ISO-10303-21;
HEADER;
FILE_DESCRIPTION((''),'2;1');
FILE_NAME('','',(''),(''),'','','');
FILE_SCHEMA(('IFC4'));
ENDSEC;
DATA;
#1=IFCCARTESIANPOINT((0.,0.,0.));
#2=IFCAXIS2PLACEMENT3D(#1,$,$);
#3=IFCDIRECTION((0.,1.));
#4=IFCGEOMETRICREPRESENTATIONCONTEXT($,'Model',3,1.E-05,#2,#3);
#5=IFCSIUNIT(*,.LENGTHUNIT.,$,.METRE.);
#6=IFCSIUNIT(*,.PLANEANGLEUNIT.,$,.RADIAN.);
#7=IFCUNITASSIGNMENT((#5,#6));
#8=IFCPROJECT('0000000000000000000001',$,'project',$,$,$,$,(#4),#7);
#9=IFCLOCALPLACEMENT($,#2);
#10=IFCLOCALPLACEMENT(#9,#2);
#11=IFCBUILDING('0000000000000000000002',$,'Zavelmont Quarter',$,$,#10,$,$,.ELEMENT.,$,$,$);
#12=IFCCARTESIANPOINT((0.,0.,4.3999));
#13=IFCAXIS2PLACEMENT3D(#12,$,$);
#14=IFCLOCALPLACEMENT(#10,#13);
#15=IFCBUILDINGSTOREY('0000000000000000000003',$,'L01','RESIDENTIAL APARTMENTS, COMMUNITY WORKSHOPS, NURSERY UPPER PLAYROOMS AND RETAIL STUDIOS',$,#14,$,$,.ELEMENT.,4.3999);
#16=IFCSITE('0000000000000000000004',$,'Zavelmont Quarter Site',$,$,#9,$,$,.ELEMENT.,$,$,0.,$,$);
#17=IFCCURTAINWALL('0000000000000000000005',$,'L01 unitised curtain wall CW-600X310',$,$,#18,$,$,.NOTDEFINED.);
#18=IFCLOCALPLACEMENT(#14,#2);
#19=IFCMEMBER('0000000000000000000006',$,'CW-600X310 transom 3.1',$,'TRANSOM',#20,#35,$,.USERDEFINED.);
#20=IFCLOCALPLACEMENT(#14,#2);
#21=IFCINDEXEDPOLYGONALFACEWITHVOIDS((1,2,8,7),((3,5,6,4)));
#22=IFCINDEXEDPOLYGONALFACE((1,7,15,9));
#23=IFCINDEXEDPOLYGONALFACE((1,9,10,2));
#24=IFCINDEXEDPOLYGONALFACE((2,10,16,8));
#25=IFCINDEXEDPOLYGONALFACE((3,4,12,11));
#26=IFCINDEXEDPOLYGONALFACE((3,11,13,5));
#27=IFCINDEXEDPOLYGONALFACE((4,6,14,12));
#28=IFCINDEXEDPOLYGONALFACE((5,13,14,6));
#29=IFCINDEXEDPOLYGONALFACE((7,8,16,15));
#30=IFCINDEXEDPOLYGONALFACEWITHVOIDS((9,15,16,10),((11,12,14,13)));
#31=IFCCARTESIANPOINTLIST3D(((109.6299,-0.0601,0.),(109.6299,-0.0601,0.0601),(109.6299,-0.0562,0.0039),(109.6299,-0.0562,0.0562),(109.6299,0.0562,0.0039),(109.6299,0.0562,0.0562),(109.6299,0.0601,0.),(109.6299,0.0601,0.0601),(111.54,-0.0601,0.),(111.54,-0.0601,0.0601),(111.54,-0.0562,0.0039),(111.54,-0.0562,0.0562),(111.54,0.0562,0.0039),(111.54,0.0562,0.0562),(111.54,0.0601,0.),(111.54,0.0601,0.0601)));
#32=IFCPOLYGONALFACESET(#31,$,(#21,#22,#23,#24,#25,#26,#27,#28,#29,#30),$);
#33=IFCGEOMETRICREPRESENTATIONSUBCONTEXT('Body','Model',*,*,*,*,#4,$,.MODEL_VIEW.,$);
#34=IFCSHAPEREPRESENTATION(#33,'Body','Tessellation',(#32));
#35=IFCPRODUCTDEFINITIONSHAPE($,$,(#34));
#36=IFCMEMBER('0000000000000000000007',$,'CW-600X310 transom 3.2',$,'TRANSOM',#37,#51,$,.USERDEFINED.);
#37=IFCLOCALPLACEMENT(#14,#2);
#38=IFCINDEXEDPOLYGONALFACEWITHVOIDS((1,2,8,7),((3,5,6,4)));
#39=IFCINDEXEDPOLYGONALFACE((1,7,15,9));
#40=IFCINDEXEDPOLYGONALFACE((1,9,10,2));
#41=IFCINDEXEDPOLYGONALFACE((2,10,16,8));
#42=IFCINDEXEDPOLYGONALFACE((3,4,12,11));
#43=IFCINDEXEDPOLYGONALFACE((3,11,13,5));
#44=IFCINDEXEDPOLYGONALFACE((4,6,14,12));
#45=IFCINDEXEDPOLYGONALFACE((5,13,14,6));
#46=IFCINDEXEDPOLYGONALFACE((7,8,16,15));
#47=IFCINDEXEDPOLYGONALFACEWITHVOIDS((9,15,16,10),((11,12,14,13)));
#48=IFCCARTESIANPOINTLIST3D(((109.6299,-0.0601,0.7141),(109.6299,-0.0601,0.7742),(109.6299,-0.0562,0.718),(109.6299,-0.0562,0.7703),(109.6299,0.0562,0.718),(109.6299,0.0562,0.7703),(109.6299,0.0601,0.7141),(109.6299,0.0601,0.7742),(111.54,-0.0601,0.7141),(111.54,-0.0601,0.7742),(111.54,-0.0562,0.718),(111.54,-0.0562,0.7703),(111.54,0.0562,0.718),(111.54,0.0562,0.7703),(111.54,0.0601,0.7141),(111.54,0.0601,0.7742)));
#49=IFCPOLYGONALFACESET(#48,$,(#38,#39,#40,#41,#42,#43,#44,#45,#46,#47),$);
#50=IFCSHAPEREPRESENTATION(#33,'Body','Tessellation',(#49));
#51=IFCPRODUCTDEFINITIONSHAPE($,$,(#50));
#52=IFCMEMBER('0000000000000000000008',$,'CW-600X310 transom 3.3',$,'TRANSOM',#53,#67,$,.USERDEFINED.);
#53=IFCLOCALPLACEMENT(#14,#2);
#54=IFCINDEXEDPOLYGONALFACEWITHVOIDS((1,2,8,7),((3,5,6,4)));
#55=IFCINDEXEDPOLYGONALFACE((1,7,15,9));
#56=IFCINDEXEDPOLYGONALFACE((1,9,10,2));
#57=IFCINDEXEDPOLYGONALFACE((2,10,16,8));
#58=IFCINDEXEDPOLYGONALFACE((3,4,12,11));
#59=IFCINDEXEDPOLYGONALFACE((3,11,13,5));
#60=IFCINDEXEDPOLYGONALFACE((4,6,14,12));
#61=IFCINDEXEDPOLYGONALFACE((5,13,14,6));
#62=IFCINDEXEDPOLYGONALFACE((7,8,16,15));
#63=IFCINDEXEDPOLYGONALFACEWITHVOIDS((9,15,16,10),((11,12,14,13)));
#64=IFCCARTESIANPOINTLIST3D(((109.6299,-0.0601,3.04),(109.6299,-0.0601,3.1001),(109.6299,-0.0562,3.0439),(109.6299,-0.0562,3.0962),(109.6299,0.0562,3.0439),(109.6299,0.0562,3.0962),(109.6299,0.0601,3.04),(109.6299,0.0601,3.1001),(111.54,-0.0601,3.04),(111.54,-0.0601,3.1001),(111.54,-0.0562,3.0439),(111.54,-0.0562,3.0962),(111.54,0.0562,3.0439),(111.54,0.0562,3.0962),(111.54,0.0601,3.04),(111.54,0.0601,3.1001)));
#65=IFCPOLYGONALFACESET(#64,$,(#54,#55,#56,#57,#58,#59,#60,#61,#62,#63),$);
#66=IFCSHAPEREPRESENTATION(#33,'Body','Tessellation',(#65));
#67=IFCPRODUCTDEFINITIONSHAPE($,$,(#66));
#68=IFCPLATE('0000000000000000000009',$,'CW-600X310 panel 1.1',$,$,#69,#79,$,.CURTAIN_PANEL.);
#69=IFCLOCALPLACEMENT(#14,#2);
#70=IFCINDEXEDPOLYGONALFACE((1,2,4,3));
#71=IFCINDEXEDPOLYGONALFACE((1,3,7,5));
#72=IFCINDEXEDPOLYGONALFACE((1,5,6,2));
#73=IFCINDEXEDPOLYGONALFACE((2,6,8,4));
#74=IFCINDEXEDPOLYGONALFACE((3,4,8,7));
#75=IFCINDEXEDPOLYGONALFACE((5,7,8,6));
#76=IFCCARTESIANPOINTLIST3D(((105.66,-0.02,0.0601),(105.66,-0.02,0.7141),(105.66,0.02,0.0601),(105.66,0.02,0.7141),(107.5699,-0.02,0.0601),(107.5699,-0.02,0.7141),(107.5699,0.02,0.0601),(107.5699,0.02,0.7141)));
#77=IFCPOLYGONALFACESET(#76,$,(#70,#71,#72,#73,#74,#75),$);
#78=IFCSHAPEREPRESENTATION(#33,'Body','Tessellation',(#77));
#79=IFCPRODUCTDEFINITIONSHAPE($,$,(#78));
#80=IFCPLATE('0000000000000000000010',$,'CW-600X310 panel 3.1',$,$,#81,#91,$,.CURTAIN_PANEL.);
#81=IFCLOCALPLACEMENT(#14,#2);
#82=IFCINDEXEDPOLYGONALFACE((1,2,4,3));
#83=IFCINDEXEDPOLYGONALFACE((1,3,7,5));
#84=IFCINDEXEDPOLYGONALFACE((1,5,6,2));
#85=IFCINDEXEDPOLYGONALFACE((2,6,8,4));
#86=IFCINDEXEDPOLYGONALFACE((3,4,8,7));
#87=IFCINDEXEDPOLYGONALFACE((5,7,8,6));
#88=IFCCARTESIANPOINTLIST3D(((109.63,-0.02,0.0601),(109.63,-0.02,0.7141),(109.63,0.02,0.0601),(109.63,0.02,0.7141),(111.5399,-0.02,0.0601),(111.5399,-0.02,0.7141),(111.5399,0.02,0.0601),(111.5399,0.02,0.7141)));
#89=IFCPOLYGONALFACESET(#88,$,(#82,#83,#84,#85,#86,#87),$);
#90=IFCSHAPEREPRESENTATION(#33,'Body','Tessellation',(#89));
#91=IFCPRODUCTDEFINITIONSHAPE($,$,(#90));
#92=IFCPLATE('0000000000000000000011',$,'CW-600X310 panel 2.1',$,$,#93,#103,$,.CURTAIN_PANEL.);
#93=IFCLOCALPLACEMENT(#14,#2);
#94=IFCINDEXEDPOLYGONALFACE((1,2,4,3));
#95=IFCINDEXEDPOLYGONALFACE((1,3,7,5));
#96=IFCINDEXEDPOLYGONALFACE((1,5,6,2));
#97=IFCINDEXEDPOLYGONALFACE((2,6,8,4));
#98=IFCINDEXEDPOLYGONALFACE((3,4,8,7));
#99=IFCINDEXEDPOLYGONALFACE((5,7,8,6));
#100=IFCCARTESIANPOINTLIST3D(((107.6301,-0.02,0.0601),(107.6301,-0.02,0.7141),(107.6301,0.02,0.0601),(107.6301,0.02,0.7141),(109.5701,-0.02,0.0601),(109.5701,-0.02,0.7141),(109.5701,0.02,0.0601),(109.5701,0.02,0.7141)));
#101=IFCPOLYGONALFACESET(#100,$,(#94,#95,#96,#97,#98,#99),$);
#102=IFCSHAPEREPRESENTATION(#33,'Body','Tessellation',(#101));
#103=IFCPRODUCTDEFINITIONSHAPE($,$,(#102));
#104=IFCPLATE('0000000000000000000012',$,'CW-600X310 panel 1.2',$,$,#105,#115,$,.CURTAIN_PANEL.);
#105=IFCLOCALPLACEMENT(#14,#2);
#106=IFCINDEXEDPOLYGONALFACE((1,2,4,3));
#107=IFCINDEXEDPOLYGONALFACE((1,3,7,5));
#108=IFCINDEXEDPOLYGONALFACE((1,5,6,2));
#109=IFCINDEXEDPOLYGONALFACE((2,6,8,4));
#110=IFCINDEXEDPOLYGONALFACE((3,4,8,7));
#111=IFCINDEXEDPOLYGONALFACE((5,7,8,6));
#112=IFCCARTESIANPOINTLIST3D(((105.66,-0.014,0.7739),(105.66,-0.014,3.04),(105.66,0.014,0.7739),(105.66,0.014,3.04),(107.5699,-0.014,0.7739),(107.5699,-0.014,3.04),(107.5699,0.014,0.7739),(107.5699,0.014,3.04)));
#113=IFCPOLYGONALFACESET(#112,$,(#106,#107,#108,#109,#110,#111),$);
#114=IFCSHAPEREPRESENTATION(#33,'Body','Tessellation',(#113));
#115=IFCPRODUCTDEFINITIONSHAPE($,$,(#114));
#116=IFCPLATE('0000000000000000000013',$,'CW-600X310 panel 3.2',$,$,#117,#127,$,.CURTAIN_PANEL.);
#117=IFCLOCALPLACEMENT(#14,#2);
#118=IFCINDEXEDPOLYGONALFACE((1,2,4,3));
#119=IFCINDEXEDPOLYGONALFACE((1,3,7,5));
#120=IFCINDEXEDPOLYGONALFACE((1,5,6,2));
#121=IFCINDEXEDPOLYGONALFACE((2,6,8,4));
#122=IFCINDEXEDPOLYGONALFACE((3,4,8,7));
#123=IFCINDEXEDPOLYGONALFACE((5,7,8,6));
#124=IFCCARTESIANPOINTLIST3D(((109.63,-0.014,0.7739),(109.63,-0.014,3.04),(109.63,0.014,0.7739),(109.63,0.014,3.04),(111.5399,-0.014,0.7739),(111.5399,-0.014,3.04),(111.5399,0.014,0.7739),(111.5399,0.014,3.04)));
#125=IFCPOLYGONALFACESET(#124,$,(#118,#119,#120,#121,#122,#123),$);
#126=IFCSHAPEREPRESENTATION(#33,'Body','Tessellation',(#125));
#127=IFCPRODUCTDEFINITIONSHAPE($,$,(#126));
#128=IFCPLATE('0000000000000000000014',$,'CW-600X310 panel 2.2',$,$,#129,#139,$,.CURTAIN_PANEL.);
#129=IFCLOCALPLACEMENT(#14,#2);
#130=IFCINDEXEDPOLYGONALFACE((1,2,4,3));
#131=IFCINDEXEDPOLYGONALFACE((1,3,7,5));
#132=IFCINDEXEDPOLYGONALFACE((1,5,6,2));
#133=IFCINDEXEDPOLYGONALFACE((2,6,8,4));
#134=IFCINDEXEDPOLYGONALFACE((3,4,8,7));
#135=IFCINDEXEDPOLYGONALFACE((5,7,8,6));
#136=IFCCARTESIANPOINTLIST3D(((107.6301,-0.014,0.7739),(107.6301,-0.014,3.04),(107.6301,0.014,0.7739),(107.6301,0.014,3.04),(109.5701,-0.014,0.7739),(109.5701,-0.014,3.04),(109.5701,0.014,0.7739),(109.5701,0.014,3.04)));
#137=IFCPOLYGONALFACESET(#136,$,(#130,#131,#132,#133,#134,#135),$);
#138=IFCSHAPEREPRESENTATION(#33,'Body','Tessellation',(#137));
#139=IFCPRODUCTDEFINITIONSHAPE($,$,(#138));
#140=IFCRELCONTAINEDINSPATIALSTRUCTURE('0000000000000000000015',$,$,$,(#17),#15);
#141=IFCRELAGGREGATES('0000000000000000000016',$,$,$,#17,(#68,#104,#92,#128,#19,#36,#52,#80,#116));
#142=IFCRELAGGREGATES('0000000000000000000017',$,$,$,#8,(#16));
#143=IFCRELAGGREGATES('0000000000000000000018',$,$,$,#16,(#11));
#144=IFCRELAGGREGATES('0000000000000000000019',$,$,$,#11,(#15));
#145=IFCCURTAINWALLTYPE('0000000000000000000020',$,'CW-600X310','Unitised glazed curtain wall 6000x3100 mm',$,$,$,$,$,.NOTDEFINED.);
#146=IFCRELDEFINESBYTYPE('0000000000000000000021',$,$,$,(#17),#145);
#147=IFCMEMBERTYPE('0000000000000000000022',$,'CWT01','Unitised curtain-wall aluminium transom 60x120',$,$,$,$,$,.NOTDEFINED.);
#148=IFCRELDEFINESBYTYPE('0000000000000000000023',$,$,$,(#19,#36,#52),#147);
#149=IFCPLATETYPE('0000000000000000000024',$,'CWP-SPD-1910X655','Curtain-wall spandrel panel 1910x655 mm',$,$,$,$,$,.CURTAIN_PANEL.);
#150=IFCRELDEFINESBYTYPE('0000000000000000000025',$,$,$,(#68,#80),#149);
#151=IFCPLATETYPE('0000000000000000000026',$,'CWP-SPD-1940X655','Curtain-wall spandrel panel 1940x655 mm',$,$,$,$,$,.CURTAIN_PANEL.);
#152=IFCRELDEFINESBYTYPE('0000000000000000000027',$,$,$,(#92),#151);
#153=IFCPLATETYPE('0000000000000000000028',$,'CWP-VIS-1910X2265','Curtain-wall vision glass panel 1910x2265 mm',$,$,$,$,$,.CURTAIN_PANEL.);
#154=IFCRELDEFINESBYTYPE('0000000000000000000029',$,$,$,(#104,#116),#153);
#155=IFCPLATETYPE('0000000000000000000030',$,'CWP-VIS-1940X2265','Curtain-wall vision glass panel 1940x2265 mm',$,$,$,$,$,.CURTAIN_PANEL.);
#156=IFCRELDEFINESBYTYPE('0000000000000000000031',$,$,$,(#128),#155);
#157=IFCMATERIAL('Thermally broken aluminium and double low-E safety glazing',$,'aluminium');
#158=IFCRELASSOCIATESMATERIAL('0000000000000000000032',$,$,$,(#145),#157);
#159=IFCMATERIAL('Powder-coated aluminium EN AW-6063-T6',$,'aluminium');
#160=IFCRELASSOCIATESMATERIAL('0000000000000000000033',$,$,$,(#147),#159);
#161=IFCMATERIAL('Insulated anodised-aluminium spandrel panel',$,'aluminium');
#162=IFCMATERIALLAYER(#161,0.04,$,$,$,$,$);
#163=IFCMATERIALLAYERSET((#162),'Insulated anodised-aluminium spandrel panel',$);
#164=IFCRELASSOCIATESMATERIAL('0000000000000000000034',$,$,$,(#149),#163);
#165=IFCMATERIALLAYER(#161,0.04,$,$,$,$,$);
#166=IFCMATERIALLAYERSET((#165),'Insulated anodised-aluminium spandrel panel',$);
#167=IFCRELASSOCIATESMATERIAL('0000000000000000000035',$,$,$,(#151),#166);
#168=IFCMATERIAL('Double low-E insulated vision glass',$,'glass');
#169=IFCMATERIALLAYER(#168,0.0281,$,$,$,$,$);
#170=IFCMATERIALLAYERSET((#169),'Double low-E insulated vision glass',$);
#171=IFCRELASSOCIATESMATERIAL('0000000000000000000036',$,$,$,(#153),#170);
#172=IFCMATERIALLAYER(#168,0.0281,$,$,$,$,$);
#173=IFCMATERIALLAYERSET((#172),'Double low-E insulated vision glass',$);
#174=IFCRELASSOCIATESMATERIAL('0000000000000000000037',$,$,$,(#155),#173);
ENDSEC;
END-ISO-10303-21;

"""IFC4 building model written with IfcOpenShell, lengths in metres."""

from ifc_helpers import new_model, si_unit, direction, frame, origin, origin_2d, place, context, subcontext, project, spatial, rectangle, hollow_rectangle, extrude, material, layer, layer_set, material_profile, profile_set, type_object, element, aggregate, save


model = new_model("IFC4")

# Units and contexts
model_context = context("Model", 3, precision=1e-05, world=origin(), true_north=direction((0.0, 1.0)))
body_context = subcontext(model_context, "Body", "Model", "MODEL_VIEW")
ifc_project = project(units=[si_unit("LENGTHUNIT", "METRE"), si_unit("PLANEANGLEUNIT", "RADIAN")], contexts=[model_context])

# Site, building, storey
site_placement = place(None, origin())
site = spatial("IfcSite", under=ifc_project, at=site_placement, Name="Zavelmont Quarter Site", CompositionType="ELEMENT", RefElevation=0.0)
building_placement = place(site_placement, origin())
building = spatial("IfcBuilding", under=site, at=building_placement, Name="Zavelmont Quarter", CompositionType="ELEMENT")
storey_placement = place(building_placement, frame((0.0, 0.0, 4.3999)))
storey = spatial("IfcBuildingStorey", under=building, at=storey_placement, Name="L01", Description="RESIDENTIAL APARTMENTS, COMMUNITY WORKSHOPS, NURSERY UPPER PLAYROOMS AND RETAIL STUDIOS", CompositionType="ELEMENT", Elevation=4.3999)

# Shared definitions
ifc_material_1 = material(Name="Thermally broken aluminium and double low-E safety glazing", Category="aluminium")
ifc_material_2 = material(Name="Powder-coated aluminium EN AW-6063-T6", Category="aluminium")

# Curtain wall, members, plates
curtain_wall_type_1 = type_object("IfcCurtainWallType", Name="CW-600X310", Description="Unitised glazed curtain wall 6000x3100 mm", PredefinedType="NOTDEFINED", material=ifc_material_1)
curtain_wall_1_placement = place(storey_placement, origin())
curtain_wall_1 = element("IfcCurtainWall", 1, at=curtain_wall_1_placement, inside=storey, type_object=curtain_wall_type_1, Name="L01 unitised curtain wall CW-600X310", PredefinedType="NOTDEFINED")
ifc_material_profile_1 = material_profile(ifc_material_2, hollow_rectangle(XDim=0.1201, YDim=0.0601, WallThickness=0.0039, at=origin_2d()), Name="CWT60X120")
ifc_profile_set_1 = profile_set([ifc_material_profile_1], Name="Powder-coated aluminium EN AW-6063-T6")
member_type_1 = type_object("IfcMemberType", Name="CWT01", Description="Unitised curtain-wall aluminium transom 60x120", PredefinedType="NOTDEFINED", material=ifc_profile_set_1)
member_1_placement = place(storey_placement, frame((109.6299, 0.0, 0.03), z_axis=(1.0, 0.0, 0.0), x_axis=(0.0, 1.0, 0.0)))
member_1 = element("IfcMember", 2, at=member_1_placement, type_object=member_type_1, Name="CW-600X310 transom 3.1", ObjectType="TRANSOM", PredefinedType="USERDEFINED", context=body_context, shape_type="SweptSolid", body=[
    extrude(hollow_rectangle(XDim=0.1201, YDim=0.0601, WallThickness=0.0039, at=origin_2d()), origin(), (0.0, 0.0, 1.0), 1.9102),
])
member_2_placement = place(storey_placement, frame((109.6299, 0.0, 0.7441), z_axis=(1.0, 0.0, 0.0), x_axis=(0.0, 1.0, 0.0)))
member_2 = element("IfcMember", 3, at=member_2_placement, type_object=member_type_1, Name="CW-600X310 transom 3.2", ObjectType="TRANSOM", PredefinedType="USERDEFINED", context=body_context, shape_type="SweptSolid", body=[
    extrude(hollow_rectangle(XDim=0.1201, YDim=0.0601, WallThickness=0.0039, at=origin_2d()), origin(), (0.0, 0.0, 1.0), 1.9102),
])
member_3_placement = place(storey_placement, frame((109.6299, 0.0, 3.0701), z_axis=(1.0, 0.0, 0.0), x_axis=(0.0, 1.0, 0.0)))
member_3 = element("IfcMember", 4, at=member_3_placement, type_object=member_type_1, Name="CW-600X310 transom 3.3", ObjectType="TRANSOM", PredefinedType="USERDEFINED", context=body_context, shape_type="SweptSolid", body=[
    extrude(hollow_rectangle(XDim=0.1201, YDim=0.0601, WallThickness=0.0039, at=origin_2d()), origin(), (0.0, 0.0, 1.0), 1.9102),
])
ifc_material_3 = material(Name="Insulated anodised-aluminium spandrel panel", Category="aluminium")
ifc_layer_1 = layer(ifc_material_3, 0.04)
ifc_layer_set_1 = layer_set([ifc_layer_1], Name="Insulated anodised-aluminium spandrel panel")
plate_type_1 = type_object("IfcPlateType", Name="CWP-SPD-1910X655", Description="Curtain-wall spandrel panel 1910x655 mm", PredefinedType="CURTAIN_PANEL", material=ifc_layer_set_1)
plate_1_placement = place(storey_placement, frame((106.615, 0.0, 0.0601), z_axis=(0.0, 0.0, 1.0), x_axis=(1.0, 0.0, 0.0)))
plate_1 = element("IfcPlate", 5, at=plate_1_placement, type_object=plate_type_1, Name="CW-600X310 panel 1.1", PredefinedType="CURTAIN_PANEL", context=body_context, shape_type="SweptSolid", body=[
    extrude(rectangle(XDim=1.9099, YDim=0.04, at=origin_2d()), origin(), (0.0, 0.0, 1.0), 0.6541),
])
plate_2_placement = place(storey_placement, frame((110.585, 0.0, 0.0601), z_axis=(0.0, 0.0, 1.0), x_axis=(1.0, 0.0, 0.0)))
plate_2 = element("IfcPlate", 6, at=plate_2_placement, type_object=plate_type_1, Name="CW-600X310 panel 3.1", PredefinedType="CURTAIN_PANEL", context=body_context, shape_type="SweptSolid", body=[
    extrude(rectangle(XDim=1.9099, YDim=0.04, at=origin_2d()), origin(), (0.0, 0.0, 1.0), 0.6541),
])
ifc_layer_2 = layer(ifc_material_3, 0.04)
ifc_layer_set_2 = layer_set([ifc_layer_2], Name="Insulated anodised-aluminium spandrel panel")
plate_type_2 = type_object("IfcPlateType", Name="CWP-SPD-1940X655", Description="Curtain-wall spandrel panel 1940x655 mm", PredefinedType="CURTAIN_PANEL", material=ifc_layer_set_2)
plate_3_placement = place(storey_placement, frame((108.6001, 0.0, 0.0601), z_axis=(0.0, 0.0, 1.0), x_axis=(1.0, 0.0, 0.0)))
plate_3 = element("IfcPlate", 7, at=plate_3_placement, type_object=plate_type_2, Name="CW-600X310 panel 2.1", PredefinedType="CURTAIN_PANEL", context=body_context, shape_type="SweptSolid", body=[
    extrude(rectangle(XDim=1.9399, YDim=0.04, at=origin_2d()), origin(), (0.0, 0.0, 1.0), 0.6541),
])
ifc_material_4 = material(Name="Double low-E insulated vision glass", Category="glass")
ifc_layer_3 = layer(ifc_material_4, 0.0281)
ifc_layer_set_3 = layer_set([ifc_layer_3], Name="Double low-E insulated vision glass")
plate_type_3 = type_object("IfcPlateType", Name="CWP-VIS-1910X2265", Description="Curtain-wall vision glass panel 1910x2265 mm", PredefinedType="CURTAIN_PANEL", material=ifc_layer_set_3)
plate_4_placement = place(storey_placement, frame((106.615, 0.0, 0.7739), z_axis=(0.0, 0.0, 1.0), x_axis=(1.0, 0.0, 0.0)))
plate_4 = element("IfcPlate", 8, at=plate_4_placement, type_object=plate_type_3, Name="CW-600X310 panel 1.2", PredefinedType="CURTAIN_PANEL", context=body_context, shape_type="SweptSolid", body=[
    extrude(rectangle(XDim=1.9099, YDim=0.0281, at=origin_2d()), origin(), (0.0, 0.0, 1.0), 2.2661),
])
plate_5_placement = place(storey_placement, frame((110.585, 0.0, 0.7739), z_axis=(0.0, 0.0, 1.0), x_axis=(1.0, 0.0, 0.0)))
plate_5 = element("IfcPlate", 9, at=plate_5_placement, type_object=plate_type_3, Name="CW-600X310 panel 3.2", PredefinedType="CURTAIN_PANEL", context=body_context, shape_type="SweptSolid", body=[
    extrude(rectangle(XDim=1.9099, YDim=0.0281, at=origin_2d()), origin(), (0.0, 0.0, 1.0), 2.2661),
])
ifc_layer_4 = layer(ifc_material_4, 0.0281)
ifc_layer_set_4 = layer_set([ifc_layer_4], Name="Double low-E insulated vision glass")
plate_type_4 = type_object("IfcPlateType", Name="CWP-VIS-1940X2265", Description="Curtain-wall vision glass panel 1940x2265 mm", PredefinedType="CURTAIN_PANEL", material=ifc_layer_set_4)
plate_6_placement = place(storey_placement, frame((108.6001, 0.0, 0.7739), z_axis=(0.0, 0.0, 1.0), x_axis=(1.0, 0.0, 0.0)))
plate_6 = element("IfcPlate", 10, at=plate_6_placement, type_object=plate_type_4, Name="CW-600X310 panel 2.2", PredefinedType="CURTAIN_PANEL", context=body_context, shape_type="SweptSolid", body=[
    extrude(rectangle(XDim=1.9399, YDim=0.0281, at=origin_2d()), origin(), (0.0, 0.0, 1.0), 2.2661),
])
aggregate(curtain_wall_1, [plate_1, plate_4, plate_3, plate_6, member_1, member_2, member_3, plate_2, plate_5])

save(model, "model.ifc")
